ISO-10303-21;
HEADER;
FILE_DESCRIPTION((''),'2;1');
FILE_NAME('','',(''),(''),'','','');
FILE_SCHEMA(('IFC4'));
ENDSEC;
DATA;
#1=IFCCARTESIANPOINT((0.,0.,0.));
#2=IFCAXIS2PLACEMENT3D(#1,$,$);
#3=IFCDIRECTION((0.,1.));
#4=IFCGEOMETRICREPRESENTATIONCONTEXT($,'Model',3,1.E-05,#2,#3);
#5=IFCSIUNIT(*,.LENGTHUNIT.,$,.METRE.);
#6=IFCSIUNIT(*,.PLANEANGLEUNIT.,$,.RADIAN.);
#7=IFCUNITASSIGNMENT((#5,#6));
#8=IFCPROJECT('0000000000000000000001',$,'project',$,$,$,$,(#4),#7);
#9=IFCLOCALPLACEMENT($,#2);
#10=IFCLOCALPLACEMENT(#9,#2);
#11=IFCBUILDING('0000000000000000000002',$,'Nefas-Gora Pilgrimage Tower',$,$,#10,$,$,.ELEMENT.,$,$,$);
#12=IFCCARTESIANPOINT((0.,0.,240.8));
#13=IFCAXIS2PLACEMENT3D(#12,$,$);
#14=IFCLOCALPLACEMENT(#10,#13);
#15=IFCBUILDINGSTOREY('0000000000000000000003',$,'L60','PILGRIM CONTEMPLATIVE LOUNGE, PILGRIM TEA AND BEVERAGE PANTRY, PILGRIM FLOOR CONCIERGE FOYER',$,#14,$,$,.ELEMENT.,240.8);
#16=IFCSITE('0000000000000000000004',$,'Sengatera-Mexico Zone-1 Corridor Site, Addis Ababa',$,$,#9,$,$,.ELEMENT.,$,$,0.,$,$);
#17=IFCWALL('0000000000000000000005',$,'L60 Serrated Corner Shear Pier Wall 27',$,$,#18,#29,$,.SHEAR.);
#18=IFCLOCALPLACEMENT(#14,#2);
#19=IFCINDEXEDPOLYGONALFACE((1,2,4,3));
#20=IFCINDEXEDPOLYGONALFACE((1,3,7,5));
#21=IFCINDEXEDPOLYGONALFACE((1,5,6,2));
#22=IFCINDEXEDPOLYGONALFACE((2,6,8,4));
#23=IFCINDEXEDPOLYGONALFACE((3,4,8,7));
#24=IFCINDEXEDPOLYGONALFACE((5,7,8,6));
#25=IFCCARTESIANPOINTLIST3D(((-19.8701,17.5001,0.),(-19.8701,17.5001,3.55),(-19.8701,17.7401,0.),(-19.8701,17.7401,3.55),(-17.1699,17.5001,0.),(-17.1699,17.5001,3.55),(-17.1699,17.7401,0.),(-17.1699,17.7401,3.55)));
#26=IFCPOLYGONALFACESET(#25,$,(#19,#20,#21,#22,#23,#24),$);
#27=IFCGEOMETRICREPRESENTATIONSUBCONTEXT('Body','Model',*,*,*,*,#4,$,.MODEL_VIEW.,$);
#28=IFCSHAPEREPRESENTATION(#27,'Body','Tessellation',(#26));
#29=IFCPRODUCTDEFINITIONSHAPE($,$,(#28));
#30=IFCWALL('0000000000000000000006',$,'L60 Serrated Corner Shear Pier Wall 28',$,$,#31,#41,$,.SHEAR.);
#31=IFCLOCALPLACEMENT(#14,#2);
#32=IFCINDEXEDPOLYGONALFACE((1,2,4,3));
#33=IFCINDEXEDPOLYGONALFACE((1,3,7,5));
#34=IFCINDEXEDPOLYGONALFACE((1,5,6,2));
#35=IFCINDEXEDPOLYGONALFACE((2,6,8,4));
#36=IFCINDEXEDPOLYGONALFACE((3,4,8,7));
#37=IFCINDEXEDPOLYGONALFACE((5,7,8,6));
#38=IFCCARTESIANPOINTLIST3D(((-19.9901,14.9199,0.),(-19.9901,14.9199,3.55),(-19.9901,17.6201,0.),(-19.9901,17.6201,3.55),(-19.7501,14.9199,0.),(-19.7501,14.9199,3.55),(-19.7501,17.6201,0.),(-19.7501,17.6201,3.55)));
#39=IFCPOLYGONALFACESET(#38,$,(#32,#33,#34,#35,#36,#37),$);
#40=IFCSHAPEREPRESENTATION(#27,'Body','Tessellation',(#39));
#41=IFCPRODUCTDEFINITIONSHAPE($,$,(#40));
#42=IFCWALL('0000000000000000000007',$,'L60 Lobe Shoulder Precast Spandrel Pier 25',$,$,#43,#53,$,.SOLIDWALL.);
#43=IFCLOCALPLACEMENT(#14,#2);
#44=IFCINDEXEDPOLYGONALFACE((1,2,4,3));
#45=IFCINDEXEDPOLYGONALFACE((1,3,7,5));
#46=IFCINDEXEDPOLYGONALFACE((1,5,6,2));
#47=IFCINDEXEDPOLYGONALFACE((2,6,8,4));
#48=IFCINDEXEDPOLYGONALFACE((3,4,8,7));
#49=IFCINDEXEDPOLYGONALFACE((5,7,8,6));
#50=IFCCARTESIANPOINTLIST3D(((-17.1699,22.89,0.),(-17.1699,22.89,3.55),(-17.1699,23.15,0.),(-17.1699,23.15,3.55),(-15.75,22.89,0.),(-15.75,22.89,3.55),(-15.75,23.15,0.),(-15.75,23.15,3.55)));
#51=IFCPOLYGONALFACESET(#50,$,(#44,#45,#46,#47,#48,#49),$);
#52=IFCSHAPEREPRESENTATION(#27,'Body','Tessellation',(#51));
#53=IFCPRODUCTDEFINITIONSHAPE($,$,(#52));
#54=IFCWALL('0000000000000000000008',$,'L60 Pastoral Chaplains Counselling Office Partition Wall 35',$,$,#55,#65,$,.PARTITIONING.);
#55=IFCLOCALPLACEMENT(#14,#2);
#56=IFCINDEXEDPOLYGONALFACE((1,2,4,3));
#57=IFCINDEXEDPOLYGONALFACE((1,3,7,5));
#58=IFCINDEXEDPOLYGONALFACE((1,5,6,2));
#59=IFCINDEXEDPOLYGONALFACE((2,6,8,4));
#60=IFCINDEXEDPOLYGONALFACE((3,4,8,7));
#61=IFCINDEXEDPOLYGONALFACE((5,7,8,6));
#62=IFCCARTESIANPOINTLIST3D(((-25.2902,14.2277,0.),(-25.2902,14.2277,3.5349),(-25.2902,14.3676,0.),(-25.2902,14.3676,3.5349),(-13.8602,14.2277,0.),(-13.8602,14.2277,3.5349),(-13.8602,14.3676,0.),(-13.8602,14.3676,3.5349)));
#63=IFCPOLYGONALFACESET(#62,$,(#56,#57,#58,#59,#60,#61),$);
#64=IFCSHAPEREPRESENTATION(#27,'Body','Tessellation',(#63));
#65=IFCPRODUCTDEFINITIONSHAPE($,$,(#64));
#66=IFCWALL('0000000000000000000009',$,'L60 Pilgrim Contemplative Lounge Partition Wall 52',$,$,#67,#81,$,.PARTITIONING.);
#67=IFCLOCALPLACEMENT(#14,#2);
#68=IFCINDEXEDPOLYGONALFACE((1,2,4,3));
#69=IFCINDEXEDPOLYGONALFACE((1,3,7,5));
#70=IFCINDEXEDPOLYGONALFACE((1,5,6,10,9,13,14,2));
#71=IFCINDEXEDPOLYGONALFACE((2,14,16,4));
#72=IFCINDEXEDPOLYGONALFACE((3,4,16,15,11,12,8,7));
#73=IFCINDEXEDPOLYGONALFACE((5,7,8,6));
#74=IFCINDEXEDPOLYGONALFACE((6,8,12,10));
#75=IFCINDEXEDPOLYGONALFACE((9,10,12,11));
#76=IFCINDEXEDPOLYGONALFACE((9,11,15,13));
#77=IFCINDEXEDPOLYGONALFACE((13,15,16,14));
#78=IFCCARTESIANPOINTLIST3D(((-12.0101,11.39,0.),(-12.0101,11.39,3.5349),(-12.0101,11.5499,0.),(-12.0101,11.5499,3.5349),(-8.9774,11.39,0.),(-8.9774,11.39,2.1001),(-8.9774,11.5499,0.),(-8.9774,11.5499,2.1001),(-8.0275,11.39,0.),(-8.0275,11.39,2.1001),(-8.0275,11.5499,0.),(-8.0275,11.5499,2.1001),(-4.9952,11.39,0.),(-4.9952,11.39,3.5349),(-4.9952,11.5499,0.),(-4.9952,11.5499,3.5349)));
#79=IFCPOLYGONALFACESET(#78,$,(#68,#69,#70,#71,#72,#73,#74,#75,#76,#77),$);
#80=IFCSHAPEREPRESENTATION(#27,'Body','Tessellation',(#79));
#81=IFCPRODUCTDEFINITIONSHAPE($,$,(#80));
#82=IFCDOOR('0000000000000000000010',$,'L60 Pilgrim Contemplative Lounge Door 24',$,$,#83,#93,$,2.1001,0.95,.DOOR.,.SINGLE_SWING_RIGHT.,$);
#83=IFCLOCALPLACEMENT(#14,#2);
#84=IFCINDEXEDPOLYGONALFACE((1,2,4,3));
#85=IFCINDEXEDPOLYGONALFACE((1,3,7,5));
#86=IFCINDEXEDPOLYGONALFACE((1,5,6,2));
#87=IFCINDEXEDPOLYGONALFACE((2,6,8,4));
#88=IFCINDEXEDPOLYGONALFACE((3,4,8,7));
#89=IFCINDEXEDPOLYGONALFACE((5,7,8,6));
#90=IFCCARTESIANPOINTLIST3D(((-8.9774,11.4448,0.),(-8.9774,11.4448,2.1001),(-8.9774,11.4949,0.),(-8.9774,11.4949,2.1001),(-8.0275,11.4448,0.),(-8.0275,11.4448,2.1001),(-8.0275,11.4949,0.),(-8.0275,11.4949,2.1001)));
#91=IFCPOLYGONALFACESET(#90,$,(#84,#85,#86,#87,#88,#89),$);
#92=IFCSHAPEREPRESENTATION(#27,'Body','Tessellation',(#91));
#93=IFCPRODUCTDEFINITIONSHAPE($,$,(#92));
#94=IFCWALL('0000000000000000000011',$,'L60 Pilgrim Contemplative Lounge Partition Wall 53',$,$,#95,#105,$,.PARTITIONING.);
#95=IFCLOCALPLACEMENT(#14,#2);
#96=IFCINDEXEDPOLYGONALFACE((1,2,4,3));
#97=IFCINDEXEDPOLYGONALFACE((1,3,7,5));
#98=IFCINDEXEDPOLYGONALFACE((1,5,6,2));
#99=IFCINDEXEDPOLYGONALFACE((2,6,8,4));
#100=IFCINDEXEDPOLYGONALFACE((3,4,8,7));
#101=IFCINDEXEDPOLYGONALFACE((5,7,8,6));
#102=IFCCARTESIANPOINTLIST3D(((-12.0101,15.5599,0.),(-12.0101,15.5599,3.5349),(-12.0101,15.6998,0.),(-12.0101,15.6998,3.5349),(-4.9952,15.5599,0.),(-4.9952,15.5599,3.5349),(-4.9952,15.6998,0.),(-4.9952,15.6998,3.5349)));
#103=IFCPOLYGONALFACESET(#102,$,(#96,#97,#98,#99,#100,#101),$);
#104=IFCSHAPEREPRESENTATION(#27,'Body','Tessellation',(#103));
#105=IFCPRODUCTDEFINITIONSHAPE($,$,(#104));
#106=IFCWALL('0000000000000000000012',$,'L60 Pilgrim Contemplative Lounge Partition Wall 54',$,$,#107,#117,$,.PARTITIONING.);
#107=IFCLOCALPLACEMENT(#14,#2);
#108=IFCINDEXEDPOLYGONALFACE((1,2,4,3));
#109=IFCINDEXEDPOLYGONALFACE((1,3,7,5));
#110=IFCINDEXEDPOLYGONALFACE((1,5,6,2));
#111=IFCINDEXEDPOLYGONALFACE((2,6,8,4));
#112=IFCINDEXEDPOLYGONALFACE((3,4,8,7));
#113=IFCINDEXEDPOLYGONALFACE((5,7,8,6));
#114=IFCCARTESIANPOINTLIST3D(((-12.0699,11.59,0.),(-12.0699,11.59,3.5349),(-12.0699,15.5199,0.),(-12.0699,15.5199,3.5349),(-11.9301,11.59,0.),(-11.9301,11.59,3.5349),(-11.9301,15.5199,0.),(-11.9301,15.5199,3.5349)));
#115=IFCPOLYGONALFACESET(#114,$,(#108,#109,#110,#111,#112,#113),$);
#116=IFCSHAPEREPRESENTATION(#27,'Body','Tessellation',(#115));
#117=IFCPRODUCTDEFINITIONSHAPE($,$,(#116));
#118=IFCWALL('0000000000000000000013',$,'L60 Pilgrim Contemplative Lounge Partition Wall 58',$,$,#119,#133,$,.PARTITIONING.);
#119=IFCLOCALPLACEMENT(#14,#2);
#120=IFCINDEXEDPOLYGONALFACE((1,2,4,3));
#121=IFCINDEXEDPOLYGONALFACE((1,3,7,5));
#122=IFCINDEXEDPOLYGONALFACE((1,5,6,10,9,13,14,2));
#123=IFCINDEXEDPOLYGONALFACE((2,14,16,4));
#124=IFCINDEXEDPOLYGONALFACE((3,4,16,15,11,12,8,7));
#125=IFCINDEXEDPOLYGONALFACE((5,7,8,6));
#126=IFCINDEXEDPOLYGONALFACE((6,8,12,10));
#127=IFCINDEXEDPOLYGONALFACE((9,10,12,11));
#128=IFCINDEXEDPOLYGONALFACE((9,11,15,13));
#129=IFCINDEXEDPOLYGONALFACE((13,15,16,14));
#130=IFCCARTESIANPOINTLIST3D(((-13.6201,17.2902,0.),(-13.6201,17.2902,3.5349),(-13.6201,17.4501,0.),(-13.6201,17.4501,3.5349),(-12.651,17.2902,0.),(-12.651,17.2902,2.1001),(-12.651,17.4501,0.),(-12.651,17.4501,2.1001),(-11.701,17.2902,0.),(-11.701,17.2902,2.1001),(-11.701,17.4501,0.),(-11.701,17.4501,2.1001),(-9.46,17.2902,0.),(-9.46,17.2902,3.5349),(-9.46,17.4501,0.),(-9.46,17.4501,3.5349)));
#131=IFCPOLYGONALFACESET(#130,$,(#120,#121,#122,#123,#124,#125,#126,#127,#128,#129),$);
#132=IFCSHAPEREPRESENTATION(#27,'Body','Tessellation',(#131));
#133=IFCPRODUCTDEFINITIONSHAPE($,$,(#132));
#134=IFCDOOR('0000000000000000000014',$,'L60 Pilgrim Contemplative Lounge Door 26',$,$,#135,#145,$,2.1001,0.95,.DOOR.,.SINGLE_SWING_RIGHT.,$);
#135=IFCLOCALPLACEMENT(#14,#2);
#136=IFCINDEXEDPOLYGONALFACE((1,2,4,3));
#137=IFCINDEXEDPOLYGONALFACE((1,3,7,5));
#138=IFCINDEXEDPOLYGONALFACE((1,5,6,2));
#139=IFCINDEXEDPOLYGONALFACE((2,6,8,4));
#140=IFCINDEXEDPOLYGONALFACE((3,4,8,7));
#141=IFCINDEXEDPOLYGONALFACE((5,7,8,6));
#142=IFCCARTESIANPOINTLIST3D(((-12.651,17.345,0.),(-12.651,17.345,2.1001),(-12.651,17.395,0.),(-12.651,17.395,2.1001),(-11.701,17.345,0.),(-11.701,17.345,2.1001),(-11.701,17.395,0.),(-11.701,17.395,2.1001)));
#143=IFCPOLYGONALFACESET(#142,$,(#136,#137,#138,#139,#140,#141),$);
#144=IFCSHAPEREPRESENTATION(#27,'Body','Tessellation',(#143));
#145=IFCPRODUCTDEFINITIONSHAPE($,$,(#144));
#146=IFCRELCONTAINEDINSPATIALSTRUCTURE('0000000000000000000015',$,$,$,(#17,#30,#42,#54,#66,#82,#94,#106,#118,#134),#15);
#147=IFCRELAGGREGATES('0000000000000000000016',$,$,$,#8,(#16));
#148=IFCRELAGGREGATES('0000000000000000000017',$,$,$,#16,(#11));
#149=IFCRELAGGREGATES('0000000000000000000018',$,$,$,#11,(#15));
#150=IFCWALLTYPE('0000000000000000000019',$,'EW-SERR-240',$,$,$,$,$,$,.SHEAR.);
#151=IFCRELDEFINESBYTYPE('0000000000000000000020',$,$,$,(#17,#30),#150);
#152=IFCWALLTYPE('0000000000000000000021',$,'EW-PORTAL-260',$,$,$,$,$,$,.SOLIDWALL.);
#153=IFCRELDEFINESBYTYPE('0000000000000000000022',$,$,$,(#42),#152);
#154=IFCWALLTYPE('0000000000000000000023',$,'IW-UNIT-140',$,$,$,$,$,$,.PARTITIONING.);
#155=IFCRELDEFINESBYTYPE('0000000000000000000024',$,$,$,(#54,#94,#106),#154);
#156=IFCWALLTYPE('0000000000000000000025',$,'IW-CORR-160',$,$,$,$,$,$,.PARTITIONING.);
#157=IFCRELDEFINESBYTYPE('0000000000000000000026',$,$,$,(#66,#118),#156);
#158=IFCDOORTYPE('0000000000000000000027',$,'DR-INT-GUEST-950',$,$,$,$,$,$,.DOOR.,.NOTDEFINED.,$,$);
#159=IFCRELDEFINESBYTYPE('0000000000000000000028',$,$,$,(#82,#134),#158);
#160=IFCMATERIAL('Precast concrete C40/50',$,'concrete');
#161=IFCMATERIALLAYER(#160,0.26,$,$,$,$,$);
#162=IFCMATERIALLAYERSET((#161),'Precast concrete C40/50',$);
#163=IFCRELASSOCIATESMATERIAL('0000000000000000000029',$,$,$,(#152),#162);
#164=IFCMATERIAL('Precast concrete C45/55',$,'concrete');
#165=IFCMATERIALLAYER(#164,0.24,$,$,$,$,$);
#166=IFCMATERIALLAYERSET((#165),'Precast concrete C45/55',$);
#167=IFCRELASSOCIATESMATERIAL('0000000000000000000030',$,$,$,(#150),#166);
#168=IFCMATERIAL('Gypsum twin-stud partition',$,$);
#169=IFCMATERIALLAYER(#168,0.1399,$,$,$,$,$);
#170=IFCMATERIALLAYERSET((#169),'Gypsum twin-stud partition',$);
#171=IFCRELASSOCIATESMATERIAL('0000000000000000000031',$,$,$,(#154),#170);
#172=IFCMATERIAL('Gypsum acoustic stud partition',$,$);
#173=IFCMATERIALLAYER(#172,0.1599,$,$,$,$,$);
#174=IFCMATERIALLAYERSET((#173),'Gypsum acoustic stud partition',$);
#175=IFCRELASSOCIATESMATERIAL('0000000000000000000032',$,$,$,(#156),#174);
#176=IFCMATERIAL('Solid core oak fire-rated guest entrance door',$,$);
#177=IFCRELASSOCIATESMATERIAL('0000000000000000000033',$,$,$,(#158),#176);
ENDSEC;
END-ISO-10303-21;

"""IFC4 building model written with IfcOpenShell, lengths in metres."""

from ifc_helpers import new_model, si_unit, direction, frame, frame_2d, origin, place, context, subcontext, project, spatial, rectangle, extrude, source, transform, mapped, material, layer, layer_set, type_object, element, fill, save


model = new_model("IFC4")

# Units and contexts
model_context = context("Model", 3, precision=1e-05, world=origin(), true_north=direction((0.0, 1.0)))
body_context = subcontext(model_context, "Body", "Model", "MODEL_VIEW")
ifc_project = project(units=[si_unit("LENGTHUNIT", "METRE"), si_unit("PLANEANGLEUNIT", "RADIAN")], contexts=[model_context])

# Site, building, storey
site_placement = place(None, origin())
site = spatial("IfcSite", under=ifc_project, at=site_placement, Name="Sengatera-Mexico Zone-1 Corridor Site, Addis Ababa", CompositionType="ELEMENT", RefElevation=0.0)
building_placement = place(site_placement, origin())
building = spatial("IfcBuilding", under=site, at=building_placement, Name="Nefas-Gora Pilgrimage Tower", CompositionType="ELEMENT")
storey_placement = place(building_placement, frame((0.0, 0.0, 240.8)))
storey = spatial("IfcBuildingStorey", under=building, at=storey_placement, Name="L60", Description="PILGRIM CONTEMPLATIVE LOUNGE, PILGRIM TEA AND BEVERAGE PANTRY, PILGRIM FLOOR CONCIERGE FOYER", CompositionType="ELEMENT", Elevation=240.8)

# Shared definitions
ifc_material_1 = material(Name="Precast concrete C40/50", Category="concrete")
ifc_layer_1 = layer(ifc_material_1, 0.26)
ifc_layer_set_1 = layer_set([ifc_layer_1], Name="Precast concrete C40/50")
wall_type_1 = type_object("IfcWallType", Name="EW-PORTAL-260", PredefinedType="SOLIDWALL", material=ifc_layer_set_1)

# Walls
ifc_material_2 = material(Name="Precast concrete C45/55", Category="concrete")
ifc_layer_2 = layer(ifc_material_2, 0.24)
ifc_layer_set_2 = layer_set([ifc_layer_2], Name="Precast concrete C45/55")
wall_type_2 = type_object("IfcWallType", Name="EW-SERR-240", PredefinedType="SHEAR", material=ifc_layer_set_2)
shared_shape_1 = source(origin(), body_context, "Body", "SweptSolid", [
    extrude(rectangle(XDim=2.7002, YDim=0.24, at=frame_2d((1.3501, 0.0))), origin(), (0.0, 0.0, 1.0), 3.55),
])
for number, where, z_axis, x_axis, name in (
    (1, (-17.1699, 17.6201, 0.0), (0.0, 0.0, 1.0), (-1.0, 0.0, 0.0), "L60 Serrated Corner Shear Pier Wall 27"),
    (2, (-19.8701, 17.6201, 0.0), (0.0, 0.0, 1.0), (0.0, -1.0, 0.0), "L60 Serrated Corner Shear Pier Wall 28"),
):
    element("IfcWall", number, at=place(storey_placement, frame(where, z_axis=z_axis, x_axis=x_axis)), inside=storey, type_object=wall_type_2, Name=name, PredefinedType="SHEAR", context=body_context, shape_type="MappedRepresentation", body=[
        mapped(shared_shape_1, transform((0.0, 0.0, 0.0), x_axis=(1.0, 0.0, 0.0), y_axis=(0.0, 1.0, 0.0), z_axis=(0.0, 0.0, 1.0), scale=1.0)),
    ])
shared_shape_2 = source(origin(), body_context, "Body", "SweptSolid", [
    extrude(rectangle(XDim=1.4199, YDim=0.26, at=frame_2d((0.71, 0.0))), origin(), (0.0, 0.0, 1.0), 3.55),
])
wall_1_placement = place(storey_placement, frame((-15.75, 23.02, 0.0), z_axis=(0.0, 0.0, 1.0), x_axis=(-1.0, 0.0, 0.0)))
element("IfcWall", 3, at=wall_1_placement, inside=storey, type_object=wall_type_1, Name="L60 Lobe Shoulder Precast Spandrel Pier 25", PredefinedType="SOLIDWALL", context=body_context, shape_type="MappedRepresentation", body=[
    mapped(shared_shape_2, transform((0.0, 0.0, 0.0), x_axis=(1.0, 0.0, 0.0), y_axis=(0.0, 1.0, 0.0), z_axis=(0.0, 0.0, 1.0), scale=1.0)),
])
ifc_material_3 = material(Name="Gypsum twin-stud partition")
ifc_layer_3 = layer(ifc_material_3, 0.1399)
ifc_layer_set_3 = layer_set([ifc_layer_3], Name="Gypsum twin-stud partition")
wall_type_3 = type_object("IfcWallType", Name="IW-UNIT-140", PredefinedType="PARTITIONING", material=ifc_layer_set_3)
shared_shape_3 = source(origin(), body_context, "Body", "SweptSolid", [
    extrude(rectangle(XDim=11.4299, YDim=0.1399, at=frame_2d((5.7148, 0.0))), origin(), (0.0, 0.0, 1.0), 3.5349),
])
wall_2_placement = place(storey_placement, frame((-25.29, 14.2976, 0.0), z_axis=(0.0, 0.0, 1.0), x_axis=(1.0, 0.0, 0.0)))
element("IfcWall", 4, at=wall_2_placement, inside=storey, type_object=wall_type_3, Name="L60 Pastoral Chaplains Counselling Office Partition Wall 35", PredefinedType="PARTITIONING", context=body_context, shape_type="MappedRepresentation", body=[
    mapped(shared_shape_3, transform((0.0, 0.0, 0.0), x_axis=(1.0, 0.0, 0.0), y_axis=(0.0, 1.0, 0.0), z_axis=(0.0, 0.0, 1.0), scale=1.0)),
])

# Wall, opening, door
ifc_material_4 = material(Name="Gypsum acoustic stud partition")
ifc_layer_4 = layer(ifc_material_4, 0.1599)
ifc_layer_set_4 = layer_set([ifc_layer_4], Name="Gypsum acoustic stud partition")
wall_type_4 = type_object("IfcWallType", Name="IW-CORR-160", PredefinedType="PARTITIONING", material=ifc_layer_set_4)
shared_shape_4 = source(origin(), body_context, "Body", "SweptSolid", [
    extrude(rectangle(XDim=7.0149, YDim=0.1599, at=frame_2d((3.5073, 0.0))), origin(), (0.0, 0.0, 1.0), 3.5349),
])
wall_3_placement = place(storey_placement, frame((-12.01, 11.47, 0.0), z_axis=(0.0, 0.0, 1.0), x_axis=(1.0, 0.0, 0.0)))
wall_3 = element("IfcWall", 5, at=wall_3_placement, inside=storey, type_object=wall_type_4, Name="L60 Pilgrim Contemplative Lounge Partition Wall 52", PredefinedType="PARTITIONING", context=body_context, shape_type="MappedRepresentation", body=[
    mapped(shared_shape_4, transform((0.0, 0.0, 0.0), x_axis=(1.0, 0.0, 0.0), y_axis=(0.0, 1.0, 0.0), z_axis=(0.0, 0.0, 1.0), scale=1.0)),
])
opening_1_placement = place(wall_3_placement, frame((3.0325, 0.0, 0.0)))
opening_1 = element("IfcOpeningElement", 6, at=opening_1_placement, cuts=wall_3, PredefinedType="OPENING", context=body_context, shape_type="SweptSolid", body=[
    extrude(rectangle(XDim=0.95, YDim=2.1001, at=frame_2d((0.4751, 1.05))), frame((0.0, 0.0898, 0.0), z_axis=(0.0, -1.0, 0.0), x_axis=(1.0, 0.0, 0.0)), (0.0, 0.0, 1.0), 0.1799),
])
ifc_material_5 = material(Name="Solid core oak fire-rated guest entrance door")
door_type_1 = type_object("IfcDoorType", Name="DR-INT-GUEST-950", OperationType="NOTDEFINED", PredefinedType="DOOR", material=ifc_material_5)
shared_shape_5 = source(origin(), body_context, "Body", "SweptSolid", [
    extrude(rectangle(XDim=0.95, YDim=2.1001, at=frame_2d((0.4751, 1.05))), frame((0.0, 0.0249, 0.0), z_axis=(0.0, -1.0, 0.0), x_axis=(1.0, 0.0, 0.0)), (0.0, 0.0, 1.0), 0.05),
])
door_1_placement = place(opening_1_placement, origin())
door_1 = element("IfcDoor", 7, at=door_1_placement, inside=storey, type_object=door_type_1, Name="L60 Pilgrim Contemplative Lounge Door 24", OperationType="SINGLE_SWING_RIGHT", OverallHeight=2.1001, OverallWidth=0.95, PredefinedType="DOOR", context=body_context, shape_type="MappedRepresentation", body=[
    mapped(shared_shape_5, transform((0.0, 0.0, 0.0), x_axis=(1.0, 0.0, 0.0), y_axis=(0.0, 1.0, 0.0), z_axis=(0.0, 0.0, 1.0), scale=1.0)),
])
fill(opening_1, door_1)

# Walls
shared_shape_6 = source(origin(), body_context, "Body", "SweptSolid", [
    extrude(rectangle(XDim=7.0149, YDim=0.1399, at=frame_2d((3.5073, 0.0))), origin(), (0.0, 0.0, 1.0), 3.5349),
])
wall_4_placement = place(storey_placement, frame((-12.01, 15.6299, 0.0), z_axis=(0.0, 0.0, 1.0), x_axis=(1.0, 0.0, 0.0)))
element("IfcWall", 8, at=wall_4_placement, inside=storey, type_object=wall_type_3, Name="L60 Pilgrim Contemplative Lounge Partition Wall 53", PredefinedType="PARTITIONING", context=body_context, shape_type="MappedRepresentation", body=[
    mapped(shared_shape_6, transform((0.0, 0.0, 0.0), x_axis=(1.0, 0.0, 0.0), y_axis=(0.0, 1.0, 0.0), z_axis=(0.0, 0.0, 1.0), scale=1.0)),
])
shared_shape_7 = source(origin(), body_context, "Body", "SweptSolid", [
    extrude(rectangle(XDim=3.9299, YDim=0.1399, at=frame_2d((1.9648, 0.0))), origin(), (0.0, 0.0, 1.0), 3.5349),
])
wall_5_placement = place(storey_placement, frame((-12.0, 11.5901, 0.0), z_axis=(0.0, 0.0, 1.0), x_axis=(0.0, 1.0, 0.0)))
element("IfcWall", 9, at=wall_5_placement, inside=storey, type_object=wall_type_3, Name="L60 Pilgrim Contemplative Lounge Partition Wall 54", PredefinedType="PARTITIONING", context=body_context, shape_type="MappedRepresentation", body=[
    mapped(shared_shape_7, transform((0.0, 0.0, 0.0), x_axis=(1.0, 0.0, 0.0), y_axis=(0.0, 1.0, 0.0), z_axis=(0.0, 0.0, 1.0), scale=1.0)),
])

# Wall, opening, door
shared_shape_8 = source(origin(), body_context, "Body", "SweptSolid", [
    extrude(rectangle(XDim=4.1602, YDim=0.1599, at=frame_2d((2.0801, 0.0))), origin(), (0.0, 0.0, 1.0), 3.5349),
])
wall_6_placement = place(storey_placement, frame((-13.6201, 17.3701, 0.0), z_axis=(0.0, 0.0, 1.0), x_axis=(1.0, 0.0, 0.0)))
wall_6 = element("IfcWall", 10, at=wall_6_placement, inside=storey, type_object=wall_type_4, Name="L60 Pilgrim Contemplative Lounge Partition Wall 58", PredefinedType="PARTITIONING", context=body_context, shape_type="MappedRepresentation", body=[
    mapped(shared_shape_8, transform((0.0, 0.0, 0.0), x_axis=(1.0, 0.0, 0.0), y_axis=(0.0, 1.0, 0.0), z_axis=(0.0, 0.0, 1.0), scale=1.0)),
])
opening_2_placement = place(wall_6_placement, frame((0.969, 0.0, 0.0)))
opening_2 = element("IfcOpeningElement", 11, at=opening_2_placement, cuts=wall_6, PredefinedType="OPENING", context=body_context, shape_type="SweptSolid", body=[
    extrude(rectangle(XDim=0.95, YDim=2.1001, at=frame_2d((0.4751, 1.05))), frame((0.0, 0.0898, 0.0), z_axis=(0.0, -1.0, 0.0), x_axis=(1.0, 0.0, 0.0)), (0.0, 0.0, 1.0), 0.1799),
])
door_2_placement = place(opening_2_placement, origin())
door_2 = element("IfcDoor", 12, at=door_2_placement, inside=storey, type_object=door_type_1, Name="L60 Pilgrim Contemplative Lounge Door 26", OperationType="SINGLE_SWING_RIGHT", OverallHeight=2.1001, OverallWidth=0.95, PredefinedType="DOOR", context=body_context, shape_type="MappedRepresentation", body=[
    mapped(shared_shape_5, transform((0.0, 0.0, 0.0), x_axis=(1.0, 0.0, 0.0), y_axis=(0.0, 1.0, 0.0), z_axis=(0.0, 0.0, 1.0), scale=1.0)),
])
fill(opening_2, door_2)

save(model, "model.ifc")
